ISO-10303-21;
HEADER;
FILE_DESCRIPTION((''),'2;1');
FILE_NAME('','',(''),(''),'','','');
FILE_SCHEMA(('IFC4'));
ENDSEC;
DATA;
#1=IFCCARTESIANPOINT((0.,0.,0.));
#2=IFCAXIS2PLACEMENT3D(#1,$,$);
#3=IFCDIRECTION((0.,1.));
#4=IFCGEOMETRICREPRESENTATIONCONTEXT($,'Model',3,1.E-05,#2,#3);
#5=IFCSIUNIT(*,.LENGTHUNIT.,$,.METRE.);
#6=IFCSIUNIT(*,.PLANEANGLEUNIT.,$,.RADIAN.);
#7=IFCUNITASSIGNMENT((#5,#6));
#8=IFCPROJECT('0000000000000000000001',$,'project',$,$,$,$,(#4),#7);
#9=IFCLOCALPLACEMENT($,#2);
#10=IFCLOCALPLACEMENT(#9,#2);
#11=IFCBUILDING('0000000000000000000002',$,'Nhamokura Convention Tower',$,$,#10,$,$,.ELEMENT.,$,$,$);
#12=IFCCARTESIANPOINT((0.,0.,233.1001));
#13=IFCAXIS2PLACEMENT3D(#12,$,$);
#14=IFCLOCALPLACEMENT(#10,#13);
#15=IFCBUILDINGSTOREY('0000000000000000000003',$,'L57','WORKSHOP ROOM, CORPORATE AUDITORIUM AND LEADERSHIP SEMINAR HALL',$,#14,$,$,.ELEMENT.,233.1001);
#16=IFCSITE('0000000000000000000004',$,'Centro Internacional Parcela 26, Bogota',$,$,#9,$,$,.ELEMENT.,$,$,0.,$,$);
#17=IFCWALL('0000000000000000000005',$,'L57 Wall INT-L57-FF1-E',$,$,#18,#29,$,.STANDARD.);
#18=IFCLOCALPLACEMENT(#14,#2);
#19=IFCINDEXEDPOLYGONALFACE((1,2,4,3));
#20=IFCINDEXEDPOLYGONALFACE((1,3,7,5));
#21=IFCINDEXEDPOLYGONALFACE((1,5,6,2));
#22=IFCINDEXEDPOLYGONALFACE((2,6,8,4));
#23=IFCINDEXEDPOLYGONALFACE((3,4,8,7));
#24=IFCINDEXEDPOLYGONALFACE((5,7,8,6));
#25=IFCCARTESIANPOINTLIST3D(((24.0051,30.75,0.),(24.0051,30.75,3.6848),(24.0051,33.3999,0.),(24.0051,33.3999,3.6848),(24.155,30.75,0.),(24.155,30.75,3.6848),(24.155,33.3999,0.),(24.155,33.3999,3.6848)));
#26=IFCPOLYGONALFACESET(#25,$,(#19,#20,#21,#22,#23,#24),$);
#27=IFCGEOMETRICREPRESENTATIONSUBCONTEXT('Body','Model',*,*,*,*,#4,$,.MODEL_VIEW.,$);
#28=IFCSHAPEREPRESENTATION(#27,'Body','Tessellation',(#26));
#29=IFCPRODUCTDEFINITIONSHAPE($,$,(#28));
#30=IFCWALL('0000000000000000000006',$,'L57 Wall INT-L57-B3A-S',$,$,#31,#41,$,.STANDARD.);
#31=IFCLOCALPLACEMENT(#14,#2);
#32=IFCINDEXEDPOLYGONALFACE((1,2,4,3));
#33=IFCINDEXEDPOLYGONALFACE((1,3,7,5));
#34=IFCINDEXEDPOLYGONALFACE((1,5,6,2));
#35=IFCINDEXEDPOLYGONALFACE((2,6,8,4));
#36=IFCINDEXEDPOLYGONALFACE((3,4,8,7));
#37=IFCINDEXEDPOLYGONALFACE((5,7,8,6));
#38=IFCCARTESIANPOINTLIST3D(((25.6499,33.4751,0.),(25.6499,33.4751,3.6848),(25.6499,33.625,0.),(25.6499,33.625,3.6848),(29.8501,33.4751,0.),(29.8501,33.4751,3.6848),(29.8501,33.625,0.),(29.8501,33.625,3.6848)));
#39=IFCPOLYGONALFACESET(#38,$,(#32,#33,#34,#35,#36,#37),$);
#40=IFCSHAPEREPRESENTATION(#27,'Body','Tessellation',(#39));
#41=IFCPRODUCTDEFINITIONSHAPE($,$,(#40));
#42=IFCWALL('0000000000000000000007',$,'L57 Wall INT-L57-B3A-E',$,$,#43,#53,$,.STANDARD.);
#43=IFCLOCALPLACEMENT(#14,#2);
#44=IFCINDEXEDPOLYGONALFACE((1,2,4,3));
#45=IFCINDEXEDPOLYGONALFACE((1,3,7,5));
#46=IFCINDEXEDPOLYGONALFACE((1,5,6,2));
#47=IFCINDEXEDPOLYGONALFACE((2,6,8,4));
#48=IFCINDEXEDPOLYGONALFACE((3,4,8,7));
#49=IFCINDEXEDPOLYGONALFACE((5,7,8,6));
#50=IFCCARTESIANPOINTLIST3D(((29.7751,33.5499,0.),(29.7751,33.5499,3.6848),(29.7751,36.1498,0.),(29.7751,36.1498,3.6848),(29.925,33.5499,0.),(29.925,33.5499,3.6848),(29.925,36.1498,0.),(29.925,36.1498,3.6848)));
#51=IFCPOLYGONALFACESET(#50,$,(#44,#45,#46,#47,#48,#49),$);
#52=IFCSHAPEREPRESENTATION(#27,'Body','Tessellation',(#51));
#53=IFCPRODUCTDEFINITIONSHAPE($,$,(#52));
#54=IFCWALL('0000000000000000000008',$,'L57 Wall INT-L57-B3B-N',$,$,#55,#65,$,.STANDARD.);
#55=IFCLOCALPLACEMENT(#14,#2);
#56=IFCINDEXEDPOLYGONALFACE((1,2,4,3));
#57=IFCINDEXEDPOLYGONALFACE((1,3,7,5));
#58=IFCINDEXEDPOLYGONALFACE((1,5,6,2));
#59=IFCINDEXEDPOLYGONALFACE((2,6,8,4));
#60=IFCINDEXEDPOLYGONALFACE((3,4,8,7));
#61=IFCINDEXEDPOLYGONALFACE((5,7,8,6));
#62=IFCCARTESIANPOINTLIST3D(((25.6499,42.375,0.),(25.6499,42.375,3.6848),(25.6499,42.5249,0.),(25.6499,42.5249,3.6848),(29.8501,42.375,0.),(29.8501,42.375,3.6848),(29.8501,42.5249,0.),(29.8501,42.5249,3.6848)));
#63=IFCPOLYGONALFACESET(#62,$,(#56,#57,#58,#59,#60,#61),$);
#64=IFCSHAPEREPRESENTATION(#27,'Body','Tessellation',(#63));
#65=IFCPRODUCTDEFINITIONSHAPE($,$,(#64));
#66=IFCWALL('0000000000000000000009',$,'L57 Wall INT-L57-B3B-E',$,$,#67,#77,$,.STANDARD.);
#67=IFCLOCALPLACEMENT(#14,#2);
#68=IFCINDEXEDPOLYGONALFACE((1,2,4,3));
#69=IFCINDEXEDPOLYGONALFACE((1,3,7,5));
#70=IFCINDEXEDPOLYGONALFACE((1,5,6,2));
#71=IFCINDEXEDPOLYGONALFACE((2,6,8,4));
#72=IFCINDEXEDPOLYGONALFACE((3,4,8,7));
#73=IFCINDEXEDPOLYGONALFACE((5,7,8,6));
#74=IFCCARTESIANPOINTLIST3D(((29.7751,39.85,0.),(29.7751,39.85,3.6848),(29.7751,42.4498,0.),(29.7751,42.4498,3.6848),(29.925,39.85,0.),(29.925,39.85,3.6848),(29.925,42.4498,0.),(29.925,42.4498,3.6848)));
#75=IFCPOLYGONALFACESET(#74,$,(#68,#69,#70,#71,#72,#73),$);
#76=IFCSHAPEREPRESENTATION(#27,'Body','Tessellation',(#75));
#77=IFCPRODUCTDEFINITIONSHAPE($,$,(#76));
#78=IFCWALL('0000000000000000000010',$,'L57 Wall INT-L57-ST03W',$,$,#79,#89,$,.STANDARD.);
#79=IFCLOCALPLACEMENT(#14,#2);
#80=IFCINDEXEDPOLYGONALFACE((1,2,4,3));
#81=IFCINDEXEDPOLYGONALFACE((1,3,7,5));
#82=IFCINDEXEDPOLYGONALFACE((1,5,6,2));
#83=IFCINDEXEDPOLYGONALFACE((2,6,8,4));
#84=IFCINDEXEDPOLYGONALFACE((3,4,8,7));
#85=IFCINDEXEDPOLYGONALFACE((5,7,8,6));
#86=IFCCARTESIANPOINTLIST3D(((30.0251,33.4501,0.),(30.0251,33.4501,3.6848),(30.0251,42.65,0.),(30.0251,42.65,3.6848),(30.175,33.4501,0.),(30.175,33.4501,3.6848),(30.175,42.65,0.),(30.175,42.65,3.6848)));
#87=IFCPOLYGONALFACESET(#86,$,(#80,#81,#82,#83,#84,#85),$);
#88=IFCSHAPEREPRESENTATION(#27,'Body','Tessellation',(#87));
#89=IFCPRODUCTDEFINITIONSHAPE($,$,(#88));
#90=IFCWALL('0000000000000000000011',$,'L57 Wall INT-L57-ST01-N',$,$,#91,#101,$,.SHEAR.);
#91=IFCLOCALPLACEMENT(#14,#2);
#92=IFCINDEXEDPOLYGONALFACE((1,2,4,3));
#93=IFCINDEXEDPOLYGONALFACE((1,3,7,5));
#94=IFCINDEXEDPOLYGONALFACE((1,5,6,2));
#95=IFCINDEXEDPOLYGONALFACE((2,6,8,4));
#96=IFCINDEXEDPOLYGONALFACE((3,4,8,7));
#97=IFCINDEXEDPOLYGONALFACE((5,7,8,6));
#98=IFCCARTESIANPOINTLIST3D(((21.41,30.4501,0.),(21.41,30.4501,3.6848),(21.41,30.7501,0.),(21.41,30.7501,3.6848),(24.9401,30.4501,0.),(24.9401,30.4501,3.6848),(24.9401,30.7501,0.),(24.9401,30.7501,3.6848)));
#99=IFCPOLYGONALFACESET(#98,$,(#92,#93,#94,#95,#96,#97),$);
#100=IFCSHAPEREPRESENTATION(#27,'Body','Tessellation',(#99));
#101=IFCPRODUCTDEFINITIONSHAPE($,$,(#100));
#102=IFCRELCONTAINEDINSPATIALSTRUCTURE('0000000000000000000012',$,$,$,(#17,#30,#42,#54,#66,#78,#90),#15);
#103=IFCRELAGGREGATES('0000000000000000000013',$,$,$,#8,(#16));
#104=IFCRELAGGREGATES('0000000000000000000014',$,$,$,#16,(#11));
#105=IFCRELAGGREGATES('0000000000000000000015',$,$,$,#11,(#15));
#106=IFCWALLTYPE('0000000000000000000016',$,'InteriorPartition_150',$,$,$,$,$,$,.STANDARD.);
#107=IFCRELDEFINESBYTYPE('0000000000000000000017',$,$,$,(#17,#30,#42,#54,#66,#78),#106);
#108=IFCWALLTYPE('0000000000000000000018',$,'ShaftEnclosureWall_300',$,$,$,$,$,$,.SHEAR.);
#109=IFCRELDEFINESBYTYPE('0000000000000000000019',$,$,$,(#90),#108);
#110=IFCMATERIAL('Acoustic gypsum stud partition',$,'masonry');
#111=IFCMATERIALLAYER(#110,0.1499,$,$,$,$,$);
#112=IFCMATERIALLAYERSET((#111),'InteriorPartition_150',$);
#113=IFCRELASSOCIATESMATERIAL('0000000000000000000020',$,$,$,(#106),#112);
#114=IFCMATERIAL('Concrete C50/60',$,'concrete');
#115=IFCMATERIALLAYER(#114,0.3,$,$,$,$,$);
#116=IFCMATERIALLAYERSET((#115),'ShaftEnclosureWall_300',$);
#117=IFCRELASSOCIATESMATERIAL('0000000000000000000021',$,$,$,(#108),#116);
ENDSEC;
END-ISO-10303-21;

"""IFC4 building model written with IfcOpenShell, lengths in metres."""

from ifc_helpers import new_model, si_unit, direction, frame, frame_2d, origin, place, context, subcontext, project, spatial, rectangle, extrude, material, layer, layer_set, type_object, element, save


model = new_model("IFC4")

# Units and contexts
model_context = context("Model", 3, precision=1e-05, world=origin(), true_north=direction((0.0, 1.0)))
body_context = subcontext(model_context, "Body", "Model", "MODEL_VIEW")
ifc_project = project(units=[si_unit("LENGTHUNIT", "METRE"), si_unit("PLANEANGLEUNIT", "RADIAN")], contexts=[model_context])

# Site, building, storey
site_placement = place(None, origin())
site = spatial("IfcSite", under=ifc_project, at=site_placement, Name="Centro Internacional Parcela 26, Bogota", CompositionType="ELEMENT", RefElevation=0.0)
building_placement = place(site_placement, origin())
building = spatial("IfcBuilding", under=site, at=building_placement, Name="Nhamokura Convention Tower", CompositionType="ELEMENT")
storey_placement = place(building_placement, frame((0.0, 0.0, 233.1001)))
storey = spatial("IfcBuildingStorey", under=building, at=storey_placement, Name="L57", Description="WORKSHOP ROOM, CORPORATE AUDITORIUM AND LEADERSHIP SEMINAR HALL", CompositionType="ELEMENT", Elevation=233.1001)

# Walls
ifc_material_1 = material(Name="Acoustic gypsum stud partition", Category="masonry")
ifc_layer_1 = layer(ifc_material_1, 0.1499)
ifc_layer_set_1 = layer_set([ifc_layer_1], Name="InteriorPartition_150")
wall_type_1 = type_object("IfcWallType", Name="InteriorPartition_150", PredefinedType="STANDARD", material=ifc_layer_set_1)
wall_1_placement = place(storey_placement, frame((24.0801, 30.75, 0.0), z_axis=(0.0, 0.0, 1.0), x_axis=(0.0, 1.0, 0.0)))
element("IfcWall", 1, at=wall_1_placement, inside=storey, type_object=wall_type_1, Name="L57 Wall INT-L57-FF1-E", PredefinedType="STANDARD", context=body_context, shape_type="SweptSolid", body=[
    extrude(rectangle(XDim=2.6499, YDim=0.1499, at=frame_2d((1.325, 0.0))), origin(), (0.0, 0.0, 1.0), 3.6848),
])
wall_2_placement = place(storey_placement, frame((25.6499, 33.55, 0.0), z_axis=(0.0, 0.0, 1.0), x_axis=(1.0, 0.0, 0.0)))
element("IfcWall", 2, at=wall_2_placement, inside=storey, type_object=wall_type_1, Name="L57 Wall INT-L57-B3A-S", PredefinedType="STANDARD", context=body_context, shape_type="SweptSolid", body=[
    extrude(rectangle(XDim=4.2002, YDim=0.1499, at=frame_2d((2.1001, 0.0))), origin(), (0.0, 0.0, 1.0), 3.6848),
])
wall_3_placement = place(storey_placement, frame((29.8501, 33.55, 0.0), z_axis=(0.0, 0.0, 1.0), x_axis=(0.0, 1.0, 0.0)))
element("IfcWall", 3, at=wall_3_placement, inside=storey, type_object=wall_type_1, Name="L57 Wall INT-L57-B3A-E", PredefinedType="STANDARD", context=body_context, shape_type="SweptSolid", body=[
    extrude(rectangle(XDim=2.5999, YDim=0.1499, at=frame_2d((1.2998, 0.0))), origin(), (0.0, 0.0, 1.0), 3.6848),
])
wall_4_placement = place(storey_placement, frame((25.6499, 42.45, 0.0), z_axis=(0.0, 0.0, 1.0), x_axis=(1.0, 0.0, 0.0)))
element("IfcWall", 4, at=wall_4_placement, inside=storey, type_object=wall_type_1, Name="L57 Wall INT-L57-B3B-N", PredefinedType="STANDARD", context=body_context, shape_type="SweptSolid", body=[
    extrude(rectangle(XDim=4.2002, YDim=0.1499, at=frame_2d((2.1001, 0.0))), origin(), (0.0, 0.0, 1.0), 3.6848),
])
wall_5_placement = place(storey_placement, frame((29.8501, 39.8501, 0.0), z_axis=(0.0, 0.0, 1.0), x_axis=(0.0, 1.0, 0.0)))
element("IfcWall", 5, at=wall_5_placement, inside=storey, type_object=wall_type_1, Name="L57 Wall INT-L57-B3B-E", PredefinedType="STANDARD", context=body_context, shape_type="SweptSolid", body=[
    extrude(rectangle(XDim=2.5999, YDim=0.1499, at=frame_2d((1.2998, 0.0))), origin(), (0.0, 0.0, 1.0), 3.6848),
])
wall_6_placement = place(storey_placement, frame((30.1001, 33.45, 0.0), z_axis=(0.0, 0.0, 1.0), x_axis=(0.0, 1.0, 0.0)))
element("IfcWall", 6, at=wall_6_placement, inside=storey, type_object=wall_type_1, Name="L57 Wall INT-L57-ST03W", PredefinedType="STANDARD", context=body_context, shape_type="SweptSolid", body=[
    extrude(rectangle(XDim=9.2, YDim=0.1499, at=frame_2d((4.6001, 0.0))), origin(), (0.0, 0.0, 1.0), 3.6848),
])
ifc_material_2 = material(Name="Concrete C50/60", Category="concrete")
ifc_layer_2 = layer(ifc_material_2, 0.3)
ifc_layer_set_2 = layer_set([ifc_layer_2], Name="ShaftEnclosureWall_300")
wall_type_2 = type_object("IfcWallType", Name="ShaftEnclosureWall_300", PredefinedType="SHEAR", material=ifc_layer_set_2)
wall_7_placement = place(storey_placement, frame((21.4099, 30.6001, 0.0), z_axis=(0.0, 0.0, 1.0), x_axis=(1.0, 0.0, 0.0)))
element("IfcWall", 7, at=wall_7_placement, inside=storey, type_object=wall_type_2, Name="L57 Wall INT-L57-ST01-N", PredefinedType="SHEAR", context=body_context, shape_type="SweptSolid", body=[
    extrude(rectangle(XDim=3.53, YDim=0.3, at=frame_2d((1.7651, 0.0))), origin(), (0.0, 0.0, 1.0), 3.6848),
])

save(model, "model.ifc")
